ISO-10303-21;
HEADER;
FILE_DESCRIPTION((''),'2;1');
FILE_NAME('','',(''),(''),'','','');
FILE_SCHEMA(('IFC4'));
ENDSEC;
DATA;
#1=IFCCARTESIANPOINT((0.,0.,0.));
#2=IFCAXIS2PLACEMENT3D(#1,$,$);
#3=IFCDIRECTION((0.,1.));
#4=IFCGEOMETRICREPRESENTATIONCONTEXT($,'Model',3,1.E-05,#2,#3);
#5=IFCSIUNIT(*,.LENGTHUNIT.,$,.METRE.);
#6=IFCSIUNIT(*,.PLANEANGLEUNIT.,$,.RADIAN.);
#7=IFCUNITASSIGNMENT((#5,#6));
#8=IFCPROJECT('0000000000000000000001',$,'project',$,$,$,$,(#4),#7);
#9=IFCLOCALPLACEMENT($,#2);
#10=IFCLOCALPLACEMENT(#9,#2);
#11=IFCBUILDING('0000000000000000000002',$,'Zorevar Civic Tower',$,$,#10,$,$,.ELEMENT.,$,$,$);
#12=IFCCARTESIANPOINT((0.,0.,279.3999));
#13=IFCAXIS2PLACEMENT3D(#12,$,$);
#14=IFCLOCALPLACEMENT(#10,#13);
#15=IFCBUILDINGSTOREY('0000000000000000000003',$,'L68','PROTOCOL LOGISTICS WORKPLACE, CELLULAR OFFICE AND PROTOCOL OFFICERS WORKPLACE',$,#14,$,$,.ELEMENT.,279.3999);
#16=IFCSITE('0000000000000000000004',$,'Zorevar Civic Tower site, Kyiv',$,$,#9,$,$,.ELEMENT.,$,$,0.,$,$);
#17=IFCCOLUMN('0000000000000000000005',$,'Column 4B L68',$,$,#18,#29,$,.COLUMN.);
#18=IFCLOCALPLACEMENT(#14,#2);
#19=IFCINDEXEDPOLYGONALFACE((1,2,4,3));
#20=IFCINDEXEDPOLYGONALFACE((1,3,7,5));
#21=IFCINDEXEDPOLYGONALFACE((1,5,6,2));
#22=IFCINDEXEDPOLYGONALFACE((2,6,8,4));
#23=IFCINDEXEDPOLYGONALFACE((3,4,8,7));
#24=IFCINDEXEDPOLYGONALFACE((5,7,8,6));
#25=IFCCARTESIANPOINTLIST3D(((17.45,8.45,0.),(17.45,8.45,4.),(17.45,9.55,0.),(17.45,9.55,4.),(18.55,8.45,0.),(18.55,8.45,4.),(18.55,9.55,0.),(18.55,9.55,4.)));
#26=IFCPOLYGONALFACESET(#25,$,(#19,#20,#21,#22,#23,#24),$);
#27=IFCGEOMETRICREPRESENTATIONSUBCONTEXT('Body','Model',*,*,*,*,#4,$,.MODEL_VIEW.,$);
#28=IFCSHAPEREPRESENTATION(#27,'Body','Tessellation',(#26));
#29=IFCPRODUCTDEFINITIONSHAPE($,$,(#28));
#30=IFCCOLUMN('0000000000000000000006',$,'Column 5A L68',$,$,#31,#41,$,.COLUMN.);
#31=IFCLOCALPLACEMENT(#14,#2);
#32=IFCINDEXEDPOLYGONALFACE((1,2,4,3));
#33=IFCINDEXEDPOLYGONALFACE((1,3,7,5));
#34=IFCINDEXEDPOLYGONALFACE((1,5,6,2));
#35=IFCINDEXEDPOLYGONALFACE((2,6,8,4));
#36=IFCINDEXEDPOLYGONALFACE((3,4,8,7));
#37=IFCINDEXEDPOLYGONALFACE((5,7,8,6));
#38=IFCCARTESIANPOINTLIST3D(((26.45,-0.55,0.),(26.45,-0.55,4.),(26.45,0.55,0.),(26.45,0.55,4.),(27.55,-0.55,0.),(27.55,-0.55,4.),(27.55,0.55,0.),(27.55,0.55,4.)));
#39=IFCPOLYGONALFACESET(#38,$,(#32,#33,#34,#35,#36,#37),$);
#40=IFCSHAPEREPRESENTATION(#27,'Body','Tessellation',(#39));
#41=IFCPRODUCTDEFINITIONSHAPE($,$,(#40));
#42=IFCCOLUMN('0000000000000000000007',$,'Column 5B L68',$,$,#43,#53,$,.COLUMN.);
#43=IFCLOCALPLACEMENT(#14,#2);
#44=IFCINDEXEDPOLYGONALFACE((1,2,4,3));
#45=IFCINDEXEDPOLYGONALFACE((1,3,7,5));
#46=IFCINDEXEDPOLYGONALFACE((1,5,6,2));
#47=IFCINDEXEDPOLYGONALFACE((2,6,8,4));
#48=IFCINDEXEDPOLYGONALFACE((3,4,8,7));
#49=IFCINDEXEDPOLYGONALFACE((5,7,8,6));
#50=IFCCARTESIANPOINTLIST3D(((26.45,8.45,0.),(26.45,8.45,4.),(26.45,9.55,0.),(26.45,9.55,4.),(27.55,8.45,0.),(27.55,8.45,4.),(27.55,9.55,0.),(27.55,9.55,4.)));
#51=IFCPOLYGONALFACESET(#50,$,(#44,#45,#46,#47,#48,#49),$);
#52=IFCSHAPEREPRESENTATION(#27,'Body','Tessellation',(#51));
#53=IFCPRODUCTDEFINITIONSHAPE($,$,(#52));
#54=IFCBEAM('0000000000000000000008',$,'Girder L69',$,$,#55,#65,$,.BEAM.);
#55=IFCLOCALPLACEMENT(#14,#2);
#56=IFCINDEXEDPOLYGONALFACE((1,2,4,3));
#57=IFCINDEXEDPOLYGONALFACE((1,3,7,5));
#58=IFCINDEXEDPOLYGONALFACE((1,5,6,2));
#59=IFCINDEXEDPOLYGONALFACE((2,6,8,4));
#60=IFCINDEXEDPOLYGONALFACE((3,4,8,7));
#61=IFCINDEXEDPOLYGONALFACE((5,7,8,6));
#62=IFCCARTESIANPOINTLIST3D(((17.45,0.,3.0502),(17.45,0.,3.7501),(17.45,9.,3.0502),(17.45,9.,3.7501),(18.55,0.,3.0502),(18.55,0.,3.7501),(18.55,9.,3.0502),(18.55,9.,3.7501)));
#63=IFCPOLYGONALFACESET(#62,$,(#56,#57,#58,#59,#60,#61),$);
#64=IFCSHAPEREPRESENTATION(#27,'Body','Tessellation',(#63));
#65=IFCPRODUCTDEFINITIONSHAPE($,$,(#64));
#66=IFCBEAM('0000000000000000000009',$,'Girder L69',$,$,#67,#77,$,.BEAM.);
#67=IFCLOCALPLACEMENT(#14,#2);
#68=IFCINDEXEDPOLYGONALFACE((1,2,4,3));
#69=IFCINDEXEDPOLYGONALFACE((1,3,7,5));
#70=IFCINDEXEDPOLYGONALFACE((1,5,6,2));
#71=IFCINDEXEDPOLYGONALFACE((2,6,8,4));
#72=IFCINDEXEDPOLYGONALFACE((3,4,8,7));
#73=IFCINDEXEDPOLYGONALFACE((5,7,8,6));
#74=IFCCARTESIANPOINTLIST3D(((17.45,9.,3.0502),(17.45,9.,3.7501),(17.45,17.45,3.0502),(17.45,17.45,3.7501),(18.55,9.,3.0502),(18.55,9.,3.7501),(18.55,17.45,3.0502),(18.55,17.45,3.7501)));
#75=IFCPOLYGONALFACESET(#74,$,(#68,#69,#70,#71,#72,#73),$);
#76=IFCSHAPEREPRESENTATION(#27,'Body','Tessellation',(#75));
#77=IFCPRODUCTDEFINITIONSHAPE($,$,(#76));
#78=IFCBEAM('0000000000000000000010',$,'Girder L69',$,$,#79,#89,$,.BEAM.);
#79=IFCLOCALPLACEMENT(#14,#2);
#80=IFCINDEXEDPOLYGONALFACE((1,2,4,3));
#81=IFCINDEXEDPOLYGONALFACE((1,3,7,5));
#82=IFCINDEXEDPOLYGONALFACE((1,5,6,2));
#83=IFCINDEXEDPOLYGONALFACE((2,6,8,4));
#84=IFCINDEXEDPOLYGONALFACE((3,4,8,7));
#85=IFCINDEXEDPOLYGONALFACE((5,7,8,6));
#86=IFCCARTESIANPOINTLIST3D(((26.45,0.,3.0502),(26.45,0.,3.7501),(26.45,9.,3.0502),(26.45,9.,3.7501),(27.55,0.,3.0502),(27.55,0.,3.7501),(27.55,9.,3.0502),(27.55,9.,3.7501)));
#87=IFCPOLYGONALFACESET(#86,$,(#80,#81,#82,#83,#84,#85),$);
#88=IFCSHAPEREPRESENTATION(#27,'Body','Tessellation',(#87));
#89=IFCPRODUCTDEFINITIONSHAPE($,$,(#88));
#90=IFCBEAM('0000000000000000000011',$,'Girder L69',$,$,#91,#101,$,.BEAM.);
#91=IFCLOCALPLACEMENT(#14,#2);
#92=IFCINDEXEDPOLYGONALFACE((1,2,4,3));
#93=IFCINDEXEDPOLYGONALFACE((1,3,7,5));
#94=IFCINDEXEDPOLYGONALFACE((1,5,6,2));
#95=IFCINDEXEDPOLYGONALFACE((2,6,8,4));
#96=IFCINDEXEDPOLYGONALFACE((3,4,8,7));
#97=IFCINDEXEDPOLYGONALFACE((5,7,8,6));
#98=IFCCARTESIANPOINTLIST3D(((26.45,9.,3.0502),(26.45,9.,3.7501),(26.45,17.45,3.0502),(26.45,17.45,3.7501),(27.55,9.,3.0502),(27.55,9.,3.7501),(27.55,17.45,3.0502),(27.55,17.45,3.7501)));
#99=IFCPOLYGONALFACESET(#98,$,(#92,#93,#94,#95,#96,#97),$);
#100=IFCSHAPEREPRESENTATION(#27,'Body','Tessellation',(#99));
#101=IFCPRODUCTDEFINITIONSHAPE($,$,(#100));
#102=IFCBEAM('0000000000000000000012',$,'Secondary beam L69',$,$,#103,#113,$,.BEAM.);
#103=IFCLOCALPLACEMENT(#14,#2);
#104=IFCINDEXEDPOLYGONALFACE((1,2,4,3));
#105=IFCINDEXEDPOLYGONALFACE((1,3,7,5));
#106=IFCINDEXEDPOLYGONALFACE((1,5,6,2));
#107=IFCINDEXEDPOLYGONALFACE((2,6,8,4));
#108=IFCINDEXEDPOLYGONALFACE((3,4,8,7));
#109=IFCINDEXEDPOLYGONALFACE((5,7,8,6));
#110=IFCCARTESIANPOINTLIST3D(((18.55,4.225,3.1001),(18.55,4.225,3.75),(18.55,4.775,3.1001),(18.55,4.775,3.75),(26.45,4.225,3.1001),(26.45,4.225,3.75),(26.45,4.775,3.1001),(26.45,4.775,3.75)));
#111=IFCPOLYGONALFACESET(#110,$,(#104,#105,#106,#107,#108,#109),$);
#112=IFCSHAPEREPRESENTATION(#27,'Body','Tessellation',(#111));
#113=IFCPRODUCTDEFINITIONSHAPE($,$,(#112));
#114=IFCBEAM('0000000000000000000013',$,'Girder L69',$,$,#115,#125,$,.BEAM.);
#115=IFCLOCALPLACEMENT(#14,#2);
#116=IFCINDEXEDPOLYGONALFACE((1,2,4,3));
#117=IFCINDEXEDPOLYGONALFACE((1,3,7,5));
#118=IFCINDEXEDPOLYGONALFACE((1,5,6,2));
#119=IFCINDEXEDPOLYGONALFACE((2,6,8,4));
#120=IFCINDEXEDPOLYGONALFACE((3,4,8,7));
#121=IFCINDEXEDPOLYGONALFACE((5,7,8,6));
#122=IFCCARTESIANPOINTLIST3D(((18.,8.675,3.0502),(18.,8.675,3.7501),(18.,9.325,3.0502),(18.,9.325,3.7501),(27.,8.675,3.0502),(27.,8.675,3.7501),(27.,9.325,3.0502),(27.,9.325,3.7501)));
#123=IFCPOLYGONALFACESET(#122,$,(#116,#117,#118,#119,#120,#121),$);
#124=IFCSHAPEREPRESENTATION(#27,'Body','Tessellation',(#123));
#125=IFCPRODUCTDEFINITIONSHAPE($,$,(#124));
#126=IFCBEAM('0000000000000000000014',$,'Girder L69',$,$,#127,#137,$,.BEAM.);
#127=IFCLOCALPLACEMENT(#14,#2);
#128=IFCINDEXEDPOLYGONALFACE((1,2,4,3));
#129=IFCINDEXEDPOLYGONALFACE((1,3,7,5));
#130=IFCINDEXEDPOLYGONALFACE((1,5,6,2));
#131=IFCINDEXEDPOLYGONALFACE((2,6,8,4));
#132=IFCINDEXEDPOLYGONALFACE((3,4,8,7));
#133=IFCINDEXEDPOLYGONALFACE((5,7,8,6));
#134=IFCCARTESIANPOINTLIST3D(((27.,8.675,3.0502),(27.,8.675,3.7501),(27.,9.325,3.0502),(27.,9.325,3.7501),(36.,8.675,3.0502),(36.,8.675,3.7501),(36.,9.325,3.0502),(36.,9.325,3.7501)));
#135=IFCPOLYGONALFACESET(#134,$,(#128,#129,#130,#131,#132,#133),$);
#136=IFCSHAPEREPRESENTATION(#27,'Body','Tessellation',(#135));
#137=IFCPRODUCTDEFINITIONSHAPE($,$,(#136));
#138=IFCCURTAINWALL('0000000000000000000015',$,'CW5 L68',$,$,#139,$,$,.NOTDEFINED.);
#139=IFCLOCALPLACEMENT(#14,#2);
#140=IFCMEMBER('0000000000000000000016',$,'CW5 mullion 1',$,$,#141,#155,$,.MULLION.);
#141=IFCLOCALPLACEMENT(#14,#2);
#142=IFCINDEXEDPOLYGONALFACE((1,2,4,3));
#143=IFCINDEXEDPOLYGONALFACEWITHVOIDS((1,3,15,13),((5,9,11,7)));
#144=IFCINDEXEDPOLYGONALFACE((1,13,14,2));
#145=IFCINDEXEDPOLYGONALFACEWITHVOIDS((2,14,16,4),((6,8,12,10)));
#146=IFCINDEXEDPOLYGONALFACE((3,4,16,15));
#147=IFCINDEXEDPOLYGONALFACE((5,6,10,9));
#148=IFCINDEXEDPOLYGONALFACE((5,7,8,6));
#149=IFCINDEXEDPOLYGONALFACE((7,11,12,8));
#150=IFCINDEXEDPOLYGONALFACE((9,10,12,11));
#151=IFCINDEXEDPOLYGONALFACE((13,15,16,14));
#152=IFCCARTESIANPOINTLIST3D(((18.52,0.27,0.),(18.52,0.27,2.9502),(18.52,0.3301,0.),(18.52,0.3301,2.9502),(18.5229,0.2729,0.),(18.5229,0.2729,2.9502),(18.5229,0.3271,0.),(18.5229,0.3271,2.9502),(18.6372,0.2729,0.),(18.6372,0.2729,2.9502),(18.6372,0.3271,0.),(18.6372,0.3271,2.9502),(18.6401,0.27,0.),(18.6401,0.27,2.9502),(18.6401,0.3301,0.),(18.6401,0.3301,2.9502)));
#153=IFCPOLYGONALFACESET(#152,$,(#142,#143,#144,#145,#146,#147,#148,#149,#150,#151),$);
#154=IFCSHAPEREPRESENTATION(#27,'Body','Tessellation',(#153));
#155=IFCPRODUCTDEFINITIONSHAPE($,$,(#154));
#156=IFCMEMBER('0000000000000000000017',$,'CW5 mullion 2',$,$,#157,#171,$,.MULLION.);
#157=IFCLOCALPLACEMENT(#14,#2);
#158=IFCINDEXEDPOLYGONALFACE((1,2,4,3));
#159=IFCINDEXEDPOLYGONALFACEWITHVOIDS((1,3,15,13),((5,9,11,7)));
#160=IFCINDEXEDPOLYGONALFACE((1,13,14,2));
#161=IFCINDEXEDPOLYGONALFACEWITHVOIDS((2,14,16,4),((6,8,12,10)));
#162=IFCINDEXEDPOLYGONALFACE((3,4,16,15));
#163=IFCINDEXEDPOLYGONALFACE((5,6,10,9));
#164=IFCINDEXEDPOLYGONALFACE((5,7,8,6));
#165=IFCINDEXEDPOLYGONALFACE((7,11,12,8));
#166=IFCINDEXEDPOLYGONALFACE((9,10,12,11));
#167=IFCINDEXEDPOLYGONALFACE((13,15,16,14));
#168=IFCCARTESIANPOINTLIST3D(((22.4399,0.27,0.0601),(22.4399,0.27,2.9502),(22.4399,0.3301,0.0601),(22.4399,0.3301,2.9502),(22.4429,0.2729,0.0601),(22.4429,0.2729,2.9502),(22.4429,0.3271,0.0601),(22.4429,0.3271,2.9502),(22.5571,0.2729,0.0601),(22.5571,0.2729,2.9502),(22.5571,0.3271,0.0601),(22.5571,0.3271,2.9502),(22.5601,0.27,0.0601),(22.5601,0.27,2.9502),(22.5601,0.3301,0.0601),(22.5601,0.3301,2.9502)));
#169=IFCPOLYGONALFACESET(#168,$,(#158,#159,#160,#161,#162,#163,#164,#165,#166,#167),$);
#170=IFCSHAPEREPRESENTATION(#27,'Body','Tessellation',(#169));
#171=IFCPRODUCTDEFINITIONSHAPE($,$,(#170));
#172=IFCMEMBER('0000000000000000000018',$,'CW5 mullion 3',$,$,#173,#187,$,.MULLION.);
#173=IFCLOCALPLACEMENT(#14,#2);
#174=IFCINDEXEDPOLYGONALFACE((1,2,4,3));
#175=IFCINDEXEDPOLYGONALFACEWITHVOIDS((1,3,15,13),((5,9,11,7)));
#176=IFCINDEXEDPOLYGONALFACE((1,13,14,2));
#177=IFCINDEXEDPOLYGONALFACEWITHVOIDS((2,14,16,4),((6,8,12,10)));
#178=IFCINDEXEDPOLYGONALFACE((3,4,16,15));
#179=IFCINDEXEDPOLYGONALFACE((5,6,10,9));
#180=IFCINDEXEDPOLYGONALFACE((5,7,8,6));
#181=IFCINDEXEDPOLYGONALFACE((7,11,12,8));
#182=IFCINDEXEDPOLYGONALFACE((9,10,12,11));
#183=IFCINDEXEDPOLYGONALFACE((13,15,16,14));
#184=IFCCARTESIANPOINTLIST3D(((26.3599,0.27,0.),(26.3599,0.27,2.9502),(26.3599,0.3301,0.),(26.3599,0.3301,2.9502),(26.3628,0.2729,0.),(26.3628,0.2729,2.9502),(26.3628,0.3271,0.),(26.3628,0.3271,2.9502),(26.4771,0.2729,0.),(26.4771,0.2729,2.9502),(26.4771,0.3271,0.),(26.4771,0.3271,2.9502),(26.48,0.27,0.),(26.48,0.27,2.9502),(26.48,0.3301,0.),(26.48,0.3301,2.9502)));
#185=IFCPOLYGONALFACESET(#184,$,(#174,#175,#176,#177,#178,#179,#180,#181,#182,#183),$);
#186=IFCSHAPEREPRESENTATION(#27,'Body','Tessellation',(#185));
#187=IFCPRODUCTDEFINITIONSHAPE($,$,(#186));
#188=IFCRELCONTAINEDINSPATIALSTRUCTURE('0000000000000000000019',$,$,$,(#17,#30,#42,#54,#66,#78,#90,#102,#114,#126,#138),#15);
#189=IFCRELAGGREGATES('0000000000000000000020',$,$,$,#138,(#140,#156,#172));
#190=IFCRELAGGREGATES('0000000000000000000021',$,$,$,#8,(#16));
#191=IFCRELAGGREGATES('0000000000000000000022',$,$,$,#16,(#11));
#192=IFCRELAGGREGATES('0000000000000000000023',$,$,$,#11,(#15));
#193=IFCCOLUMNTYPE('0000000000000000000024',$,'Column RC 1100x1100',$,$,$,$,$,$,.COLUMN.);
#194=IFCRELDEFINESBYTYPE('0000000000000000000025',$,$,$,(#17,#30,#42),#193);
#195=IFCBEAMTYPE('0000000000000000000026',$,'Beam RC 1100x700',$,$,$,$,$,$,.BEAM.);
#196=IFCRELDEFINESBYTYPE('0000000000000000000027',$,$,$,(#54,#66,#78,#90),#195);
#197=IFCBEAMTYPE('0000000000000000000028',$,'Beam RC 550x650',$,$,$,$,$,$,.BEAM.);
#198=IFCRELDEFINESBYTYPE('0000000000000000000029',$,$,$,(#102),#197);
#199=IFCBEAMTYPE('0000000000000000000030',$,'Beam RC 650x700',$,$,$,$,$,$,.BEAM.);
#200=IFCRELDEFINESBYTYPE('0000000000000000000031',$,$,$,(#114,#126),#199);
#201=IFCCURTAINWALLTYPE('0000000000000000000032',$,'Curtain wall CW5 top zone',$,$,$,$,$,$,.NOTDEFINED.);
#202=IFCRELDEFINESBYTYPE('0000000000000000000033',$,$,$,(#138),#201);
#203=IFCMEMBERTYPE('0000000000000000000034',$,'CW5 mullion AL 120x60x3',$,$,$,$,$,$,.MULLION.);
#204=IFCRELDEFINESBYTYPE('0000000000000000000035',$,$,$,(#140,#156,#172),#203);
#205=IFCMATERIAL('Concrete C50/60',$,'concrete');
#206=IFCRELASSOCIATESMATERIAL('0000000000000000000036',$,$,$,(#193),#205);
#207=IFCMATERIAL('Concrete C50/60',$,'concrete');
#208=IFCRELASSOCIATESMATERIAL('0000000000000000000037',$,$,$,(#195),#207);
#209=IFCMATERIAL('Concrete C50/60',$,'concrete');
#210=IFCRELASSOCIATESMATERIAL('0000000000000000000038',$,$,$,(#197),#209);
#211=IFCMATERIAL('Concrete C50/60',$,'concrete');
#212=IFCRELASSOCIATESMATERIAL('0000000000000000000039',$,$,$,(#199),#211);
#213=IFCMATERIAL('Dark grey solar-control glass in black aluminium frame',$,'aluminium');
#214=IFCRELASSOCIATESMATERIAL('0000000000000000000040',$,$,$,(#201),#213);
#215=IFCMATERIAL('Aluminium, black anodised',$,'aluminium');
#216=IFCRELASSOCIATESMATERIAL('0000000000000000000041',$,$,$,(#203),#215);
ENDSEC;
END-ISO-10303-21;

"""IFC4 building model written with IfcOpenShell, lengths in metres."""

from ifc_helpers import new_model, si_unit, direction, frame, origin, origin_2d, place, context, subcontext, project, spatial, rectangle, hollow_rectangle, extrude, material, material_profile, profile_set, type_object, element, aggregate, save


model = new_model("IFC4")

# Units and contexts
model_context = context("Model", 3, precision=1e-05, world=origin(), true_north=direction((0.0, 1.0)))
body_context = subcontext(model_context, "Body", "Model", "MODEL_VIEW")
ifc_project = project(units=[si_unit("LENGTHUNIT", "METRE"), si_unit("PLANEANGLEUNIT", "RADIAN")], contexts=[model_context])

# Site, building, storey
site_placement = place(None, origin())
site = spatial("IfcSite", under=ifc_project, at=site_placement, Name="Zorevar Civic Tower site, Kyiv", CompositionType="ELEMENT", RefElevation=0.0)
building_placement = place(site_placement, origin())
building = spatial("IfcBuilding", under=site, at=building_placement, Name="Zorevar Civic Tower", CompositionType="ELEMENT")
storey_placement = place(building_placement, frame((0.0, 0.0, 279.3999)))
storey = spatial("IfcBuildingStorey", under=building, at=storey_placement, Name="L68", Description="PROTOCOL LOGISTICS WORKPLACE, CELLULAR OFFICE AND PROTOCOL OFFICERS WORKPLACE", CompositionType="ELEMENT", Elevation=279.3999)

# Columns
ifc_material_1 = material(Name="Concrete C50/60", Category="concrete")
ifc_material_profile_1 = material_profile(ifc_material_1, rectangle(XDim=1.1001, YDim=1.1001, at=origin_2d()), Name="RC 1100x1100")
ifc_profile_set_1 = profile_set([ifc_material_profile_1], Name="Concrete C50/60")
column_type = type_object("IfcColumnType", Name="Column RC 1100x1100", PredefinedType="COLUMN", material=ifc_profile_set_1)
for number, where, z_axis, x_axis, name in (
    (1, (18.0, 9.0, 0.0), (0.0, 0.0, 1.0), (1.0, 0.0, 0.0), "Column 4B L68"),
    (2, (27.0, 0.0, 0.0), (0.0, 0.0, 1.0), (1.0, 0.0, 0.0), "Column 5A L68"),
    (3, (27.0, 9.0, 0.0), (0.0, 0.0, 1.0), (1.0, 0.0, 0.0), "Column 5B L68"),
):
    element("IfcColumn", number, at=place(storey_placement, frame(where, z_axis=z_axis, x_axis=x_axis)), inside=storey, type_object=column_type, Name=name, PredefinedType="COLUMN", context=body_context, shape_type="SweptSolid", body=[
        extrude(rectangle(XDim=1.1001, YDim=1.1001, at=origin_2d()), origin(), (0.0, 0.0, 1.0), 4.0),
    ])

# Beams
ifc_material_2 = material(Name="Concrete C50/60", Category="concrete")
ifc_material_profile_2 = material_profile(ifc_material_2, rectangle(XDim=1.1001, YDim=0.7, at=origin_2d()), Name="RC 1100x700")
ifc_profile_set_2 = profile_set([ifc_material_profile_2], Name="Concrete C50/60")
beam_type_1 = type_object("IfcBeamType", Name="Beam RC 1100x700", PredefinedType="BEAM", material=ifc_profile_set_2)
beam_1_placement = place(storey_placement, frame((18.0, 0.0, 3.4001), z_axis=(0.0, 1.0, 0.0), x_axis=(-1.0, 0.0, 0.0)))
element("IfcBeam", 4, at=beam_1_placement, inside=storey, type_object=beam_type_1, Name="Girder L69", PredefinedType="BEAM", context=body_context, shape_type="SweptSolid", body=[
    extrude(rectangle(XDim=1.1001, YDim=0.7, at=origin_2d()), origin(), (0.0, 0.0, 1.0), 9.0),
])
beam_2_placement = place(storey_placement, frame((18.0, 9.0, 3.4001), z_axis=(0.0, 1.0, 0.0), x_axis=(-1.0, 0.0, 0.0)))
element("IfcBeam", 5, at=beam_2_placement, inside=storey, type_object=beam_type_1, Name="Girder L69", PredefinedType="BEAM", context=body_context, shape_type="SweptSolid", body=[
    extrude(rectangle(XDim=1.1001, YDim=0.7, at=origin_2d()), origin(), (0.0, 0.0, 1.0), 8.45),
])
beam_3_placement = place(storey_placement, frame((27.0, 0.0, 3.4001), z_axis=(0.0, 1.0, 0.0), x_axis=(-1.0, 0.0, 0.0)))
element("IfcBeam", 6, at=beam_3_placement, inside=storey, type_object=beam_type_1, Name="Girder L69", PredefinedType="BEAM", context=body_context, shape_type="SweptSolid", body=[
    extrude(rectangle(XDim=1.1001, YDim=0.7, at=origin_2d()), origin(), (0.0, 0.0, 1.0), 9.0),
])
beam_4_placement = place(storey_placement, frame((27.0, 9.0, 3.4001), z_axis=(0.0, 1.0, 0.0), x_axis=(-1.0, 0.0, 0.0)))
element("IfcBeam", 7, at=beam_4_placement, inside=storey, type_object=beam_type_1, Name="Girder L69", PredefinedType="BEAM", context=body_context, shape_type="SweptSolid", body=[
    extrude(rectangle(XDim=1.1001, YDim=0.7, at=origin_2d()), origin(), (0.0, 0.0, 1.0), 8.45),
])
ifc_material_3 = material(Name="Concrete C50/60", Category="concrete")
ifc_material_profile_3 = material_profile(ifc_material_3, rectangle(XDim=0.55, YDim=0.6499, at=origin_2d()), Name="RC 550x650")
ifc_profile_set_3 = profile_set([ifc_material_profile_3], Name="Concrete C50/60")
beam_type_2 = type_object("IfcBeamType", Name="Beam RC 550x650", PredefinedType="BEAM", material=ifc_profile_set_3)
beam_5_placement = place(storey_placement, frame((18.55, 4.5, 3.425), z_axis=(1.0, 0.0, 0.0), x_axis=(0.0, 1.0, 0.0)))
element("IfcBeam", 8, at=beam_5_placement, inside=storey, type_object=beam_type_2, Name="Secondary beam L69", PredefinedType="BEAM", context=body_context, shape_type="SweptSolid", body=[
    extrude(rectangle(XDim=0.55, YDim=0.6499, at=origin_2d()), origin(), (0.0, 0.0, 1.0), 7.8999),
])
ifc_material_4 = material(Name="Concrete C50/60", Category="concrete")
ifc_material_profile_4 = material_profile(ifc_material_4, rectangle(XDim=0.6499, YDim=0.7, at=origin_2d()), Name="RC 650x700")
ifc_profile_set_4 = profile_set([ifc_material_profile_4], Name="Concrete C50/60")
beam_type_3 = type_object("IfcBeamType", Name="Beam RC 650x700", PredefinedType="BEAM", material=ifc_profile_set_4)
for number, where, z_axis, x_axis, name in (
    (9, (18.0, 9.0, 3.4001), (1.0, 0.0, 0.0), (0.0, 1.0, 0.0), "Girder L69"),
    (10, (27.0, 9.0, 3.4001), (1.0, 0.0, 0.0), (0.0, 1.0, 0.0), "Girder L69"),
):
    element("IfcBeam", number, at=place(storey_placement, frame(where, z_axis=z_axis, x_axis=x_axis)), inside=storey, type_object=beam_type_3, Name=name, PredefinedType="BEAM", context=body_context, shape_type="SweptSolid", body=[
        extrude(rectangle(XDim=0.6499, YDim=0.7, at=origin_2d()), origin(), (0.0, 0.0, 1.0), 9.0),
    ])

# Curtain wall, members
ifc_material_5 = material(Name="Dark grey solar-control glass in black aluminium frame", Category="aluminium")
curtain_wall_type = type_object("IfcCurtainWallType", Name="Curtain wall CW5 top zone", PredefinedType="NOTDEFINED", material=ifc_material_5)
curtain_wall_placement = place(storey_placement, origin())
curtain_wall = element("IfcCurtainWall", 11, at=curtain_wall_placement, inside=storey, type_object=curtain_wall_type, Name="CW5 L68", PredefinedType="NOTDEFINED")
ifc_material_6 = material(Name="Aluminium, black anodised", Category="aluminium")
ifc_material_profile_5 = material_profile(ifc_material_6, hollow_rectangle(XDim=0.0601, YDim=0.1201, WallThickness=0.0029, at=origin_2d()), Name="AL 120x60x3")
ifc_profile_set_5 = profile_set([ifc_material_profile_5], Name="Aluminium, black anodised")
member_type_1 = type_object("IfcMemberType", Name="CW5 mullion AL 120x60x3", PredefinedType="MULLION", material=ifc_profile_set_5)
member_1_placement = place(storey_placement, frame((18.5801, 0.3, 0.0), z_axis=(0.0, 0.0, 1.0), x_axis=(0.0, 1.0, 0.0)))
member_1 = element("IfcMember", 12, at=member_1_placement, type_object=member_type_1, Name="CW5 mullion 1", PredefinedType="MULLION", context=body_context, shape_type="SweptSolid", body=[
    extrude(hollow_rectangle(XDim=0.0601, YDim=0.1201, WallThickness=0.0029, at=origin_2d()), origin(), (0.0, 0.0, 1.0), 2.9502),
])
member_2_placement = place(storey_placement, frame((22.5, 0.3, 0.0601), z_axis=(0.0, 0.0, 1.0), x_axis=(0.0, 1.0, 0.0)))
member_2 = element("IfcMember", 13, at=member_2_placement, type_object=member_type_1, Name="CW5 mullion 2", PredefinedType="MULLION", context=body_context, shape_type="SweptSolid", body=[
    extrude(hollow_rectangle(XDim=0.0601, YDim=0.1201, WallThickness=0.0029, at=origin_2d()), origin(), (0.0, 0.0, 1.0), 2.8901),
])
member_3_placement = place(storey_placement, frame((26.4199, 0.3, 0.0), z_axis=(0.0, 0.0, 1.0), x_axis=(0.0, 1.0, 0.0)))
member_3 = element("IfcMember", 14, at=member_3_placement, type_object=member_type_1, Name="CW5 mullion 3", PredefinedType="MULLION", context=body_context, shape_type="SweptSolid", body=[
    extrude(hollow_rectangle(XDim=0.0601, YDim=0.1201, WallThickness=0.0029, at=origin_2d()), origin(), (0.0, 0.0, 1.0), 2.9502),
])

aggregate(curtain_wall, [member_1, member_2, member_3])

save(model, "model.ifc")
